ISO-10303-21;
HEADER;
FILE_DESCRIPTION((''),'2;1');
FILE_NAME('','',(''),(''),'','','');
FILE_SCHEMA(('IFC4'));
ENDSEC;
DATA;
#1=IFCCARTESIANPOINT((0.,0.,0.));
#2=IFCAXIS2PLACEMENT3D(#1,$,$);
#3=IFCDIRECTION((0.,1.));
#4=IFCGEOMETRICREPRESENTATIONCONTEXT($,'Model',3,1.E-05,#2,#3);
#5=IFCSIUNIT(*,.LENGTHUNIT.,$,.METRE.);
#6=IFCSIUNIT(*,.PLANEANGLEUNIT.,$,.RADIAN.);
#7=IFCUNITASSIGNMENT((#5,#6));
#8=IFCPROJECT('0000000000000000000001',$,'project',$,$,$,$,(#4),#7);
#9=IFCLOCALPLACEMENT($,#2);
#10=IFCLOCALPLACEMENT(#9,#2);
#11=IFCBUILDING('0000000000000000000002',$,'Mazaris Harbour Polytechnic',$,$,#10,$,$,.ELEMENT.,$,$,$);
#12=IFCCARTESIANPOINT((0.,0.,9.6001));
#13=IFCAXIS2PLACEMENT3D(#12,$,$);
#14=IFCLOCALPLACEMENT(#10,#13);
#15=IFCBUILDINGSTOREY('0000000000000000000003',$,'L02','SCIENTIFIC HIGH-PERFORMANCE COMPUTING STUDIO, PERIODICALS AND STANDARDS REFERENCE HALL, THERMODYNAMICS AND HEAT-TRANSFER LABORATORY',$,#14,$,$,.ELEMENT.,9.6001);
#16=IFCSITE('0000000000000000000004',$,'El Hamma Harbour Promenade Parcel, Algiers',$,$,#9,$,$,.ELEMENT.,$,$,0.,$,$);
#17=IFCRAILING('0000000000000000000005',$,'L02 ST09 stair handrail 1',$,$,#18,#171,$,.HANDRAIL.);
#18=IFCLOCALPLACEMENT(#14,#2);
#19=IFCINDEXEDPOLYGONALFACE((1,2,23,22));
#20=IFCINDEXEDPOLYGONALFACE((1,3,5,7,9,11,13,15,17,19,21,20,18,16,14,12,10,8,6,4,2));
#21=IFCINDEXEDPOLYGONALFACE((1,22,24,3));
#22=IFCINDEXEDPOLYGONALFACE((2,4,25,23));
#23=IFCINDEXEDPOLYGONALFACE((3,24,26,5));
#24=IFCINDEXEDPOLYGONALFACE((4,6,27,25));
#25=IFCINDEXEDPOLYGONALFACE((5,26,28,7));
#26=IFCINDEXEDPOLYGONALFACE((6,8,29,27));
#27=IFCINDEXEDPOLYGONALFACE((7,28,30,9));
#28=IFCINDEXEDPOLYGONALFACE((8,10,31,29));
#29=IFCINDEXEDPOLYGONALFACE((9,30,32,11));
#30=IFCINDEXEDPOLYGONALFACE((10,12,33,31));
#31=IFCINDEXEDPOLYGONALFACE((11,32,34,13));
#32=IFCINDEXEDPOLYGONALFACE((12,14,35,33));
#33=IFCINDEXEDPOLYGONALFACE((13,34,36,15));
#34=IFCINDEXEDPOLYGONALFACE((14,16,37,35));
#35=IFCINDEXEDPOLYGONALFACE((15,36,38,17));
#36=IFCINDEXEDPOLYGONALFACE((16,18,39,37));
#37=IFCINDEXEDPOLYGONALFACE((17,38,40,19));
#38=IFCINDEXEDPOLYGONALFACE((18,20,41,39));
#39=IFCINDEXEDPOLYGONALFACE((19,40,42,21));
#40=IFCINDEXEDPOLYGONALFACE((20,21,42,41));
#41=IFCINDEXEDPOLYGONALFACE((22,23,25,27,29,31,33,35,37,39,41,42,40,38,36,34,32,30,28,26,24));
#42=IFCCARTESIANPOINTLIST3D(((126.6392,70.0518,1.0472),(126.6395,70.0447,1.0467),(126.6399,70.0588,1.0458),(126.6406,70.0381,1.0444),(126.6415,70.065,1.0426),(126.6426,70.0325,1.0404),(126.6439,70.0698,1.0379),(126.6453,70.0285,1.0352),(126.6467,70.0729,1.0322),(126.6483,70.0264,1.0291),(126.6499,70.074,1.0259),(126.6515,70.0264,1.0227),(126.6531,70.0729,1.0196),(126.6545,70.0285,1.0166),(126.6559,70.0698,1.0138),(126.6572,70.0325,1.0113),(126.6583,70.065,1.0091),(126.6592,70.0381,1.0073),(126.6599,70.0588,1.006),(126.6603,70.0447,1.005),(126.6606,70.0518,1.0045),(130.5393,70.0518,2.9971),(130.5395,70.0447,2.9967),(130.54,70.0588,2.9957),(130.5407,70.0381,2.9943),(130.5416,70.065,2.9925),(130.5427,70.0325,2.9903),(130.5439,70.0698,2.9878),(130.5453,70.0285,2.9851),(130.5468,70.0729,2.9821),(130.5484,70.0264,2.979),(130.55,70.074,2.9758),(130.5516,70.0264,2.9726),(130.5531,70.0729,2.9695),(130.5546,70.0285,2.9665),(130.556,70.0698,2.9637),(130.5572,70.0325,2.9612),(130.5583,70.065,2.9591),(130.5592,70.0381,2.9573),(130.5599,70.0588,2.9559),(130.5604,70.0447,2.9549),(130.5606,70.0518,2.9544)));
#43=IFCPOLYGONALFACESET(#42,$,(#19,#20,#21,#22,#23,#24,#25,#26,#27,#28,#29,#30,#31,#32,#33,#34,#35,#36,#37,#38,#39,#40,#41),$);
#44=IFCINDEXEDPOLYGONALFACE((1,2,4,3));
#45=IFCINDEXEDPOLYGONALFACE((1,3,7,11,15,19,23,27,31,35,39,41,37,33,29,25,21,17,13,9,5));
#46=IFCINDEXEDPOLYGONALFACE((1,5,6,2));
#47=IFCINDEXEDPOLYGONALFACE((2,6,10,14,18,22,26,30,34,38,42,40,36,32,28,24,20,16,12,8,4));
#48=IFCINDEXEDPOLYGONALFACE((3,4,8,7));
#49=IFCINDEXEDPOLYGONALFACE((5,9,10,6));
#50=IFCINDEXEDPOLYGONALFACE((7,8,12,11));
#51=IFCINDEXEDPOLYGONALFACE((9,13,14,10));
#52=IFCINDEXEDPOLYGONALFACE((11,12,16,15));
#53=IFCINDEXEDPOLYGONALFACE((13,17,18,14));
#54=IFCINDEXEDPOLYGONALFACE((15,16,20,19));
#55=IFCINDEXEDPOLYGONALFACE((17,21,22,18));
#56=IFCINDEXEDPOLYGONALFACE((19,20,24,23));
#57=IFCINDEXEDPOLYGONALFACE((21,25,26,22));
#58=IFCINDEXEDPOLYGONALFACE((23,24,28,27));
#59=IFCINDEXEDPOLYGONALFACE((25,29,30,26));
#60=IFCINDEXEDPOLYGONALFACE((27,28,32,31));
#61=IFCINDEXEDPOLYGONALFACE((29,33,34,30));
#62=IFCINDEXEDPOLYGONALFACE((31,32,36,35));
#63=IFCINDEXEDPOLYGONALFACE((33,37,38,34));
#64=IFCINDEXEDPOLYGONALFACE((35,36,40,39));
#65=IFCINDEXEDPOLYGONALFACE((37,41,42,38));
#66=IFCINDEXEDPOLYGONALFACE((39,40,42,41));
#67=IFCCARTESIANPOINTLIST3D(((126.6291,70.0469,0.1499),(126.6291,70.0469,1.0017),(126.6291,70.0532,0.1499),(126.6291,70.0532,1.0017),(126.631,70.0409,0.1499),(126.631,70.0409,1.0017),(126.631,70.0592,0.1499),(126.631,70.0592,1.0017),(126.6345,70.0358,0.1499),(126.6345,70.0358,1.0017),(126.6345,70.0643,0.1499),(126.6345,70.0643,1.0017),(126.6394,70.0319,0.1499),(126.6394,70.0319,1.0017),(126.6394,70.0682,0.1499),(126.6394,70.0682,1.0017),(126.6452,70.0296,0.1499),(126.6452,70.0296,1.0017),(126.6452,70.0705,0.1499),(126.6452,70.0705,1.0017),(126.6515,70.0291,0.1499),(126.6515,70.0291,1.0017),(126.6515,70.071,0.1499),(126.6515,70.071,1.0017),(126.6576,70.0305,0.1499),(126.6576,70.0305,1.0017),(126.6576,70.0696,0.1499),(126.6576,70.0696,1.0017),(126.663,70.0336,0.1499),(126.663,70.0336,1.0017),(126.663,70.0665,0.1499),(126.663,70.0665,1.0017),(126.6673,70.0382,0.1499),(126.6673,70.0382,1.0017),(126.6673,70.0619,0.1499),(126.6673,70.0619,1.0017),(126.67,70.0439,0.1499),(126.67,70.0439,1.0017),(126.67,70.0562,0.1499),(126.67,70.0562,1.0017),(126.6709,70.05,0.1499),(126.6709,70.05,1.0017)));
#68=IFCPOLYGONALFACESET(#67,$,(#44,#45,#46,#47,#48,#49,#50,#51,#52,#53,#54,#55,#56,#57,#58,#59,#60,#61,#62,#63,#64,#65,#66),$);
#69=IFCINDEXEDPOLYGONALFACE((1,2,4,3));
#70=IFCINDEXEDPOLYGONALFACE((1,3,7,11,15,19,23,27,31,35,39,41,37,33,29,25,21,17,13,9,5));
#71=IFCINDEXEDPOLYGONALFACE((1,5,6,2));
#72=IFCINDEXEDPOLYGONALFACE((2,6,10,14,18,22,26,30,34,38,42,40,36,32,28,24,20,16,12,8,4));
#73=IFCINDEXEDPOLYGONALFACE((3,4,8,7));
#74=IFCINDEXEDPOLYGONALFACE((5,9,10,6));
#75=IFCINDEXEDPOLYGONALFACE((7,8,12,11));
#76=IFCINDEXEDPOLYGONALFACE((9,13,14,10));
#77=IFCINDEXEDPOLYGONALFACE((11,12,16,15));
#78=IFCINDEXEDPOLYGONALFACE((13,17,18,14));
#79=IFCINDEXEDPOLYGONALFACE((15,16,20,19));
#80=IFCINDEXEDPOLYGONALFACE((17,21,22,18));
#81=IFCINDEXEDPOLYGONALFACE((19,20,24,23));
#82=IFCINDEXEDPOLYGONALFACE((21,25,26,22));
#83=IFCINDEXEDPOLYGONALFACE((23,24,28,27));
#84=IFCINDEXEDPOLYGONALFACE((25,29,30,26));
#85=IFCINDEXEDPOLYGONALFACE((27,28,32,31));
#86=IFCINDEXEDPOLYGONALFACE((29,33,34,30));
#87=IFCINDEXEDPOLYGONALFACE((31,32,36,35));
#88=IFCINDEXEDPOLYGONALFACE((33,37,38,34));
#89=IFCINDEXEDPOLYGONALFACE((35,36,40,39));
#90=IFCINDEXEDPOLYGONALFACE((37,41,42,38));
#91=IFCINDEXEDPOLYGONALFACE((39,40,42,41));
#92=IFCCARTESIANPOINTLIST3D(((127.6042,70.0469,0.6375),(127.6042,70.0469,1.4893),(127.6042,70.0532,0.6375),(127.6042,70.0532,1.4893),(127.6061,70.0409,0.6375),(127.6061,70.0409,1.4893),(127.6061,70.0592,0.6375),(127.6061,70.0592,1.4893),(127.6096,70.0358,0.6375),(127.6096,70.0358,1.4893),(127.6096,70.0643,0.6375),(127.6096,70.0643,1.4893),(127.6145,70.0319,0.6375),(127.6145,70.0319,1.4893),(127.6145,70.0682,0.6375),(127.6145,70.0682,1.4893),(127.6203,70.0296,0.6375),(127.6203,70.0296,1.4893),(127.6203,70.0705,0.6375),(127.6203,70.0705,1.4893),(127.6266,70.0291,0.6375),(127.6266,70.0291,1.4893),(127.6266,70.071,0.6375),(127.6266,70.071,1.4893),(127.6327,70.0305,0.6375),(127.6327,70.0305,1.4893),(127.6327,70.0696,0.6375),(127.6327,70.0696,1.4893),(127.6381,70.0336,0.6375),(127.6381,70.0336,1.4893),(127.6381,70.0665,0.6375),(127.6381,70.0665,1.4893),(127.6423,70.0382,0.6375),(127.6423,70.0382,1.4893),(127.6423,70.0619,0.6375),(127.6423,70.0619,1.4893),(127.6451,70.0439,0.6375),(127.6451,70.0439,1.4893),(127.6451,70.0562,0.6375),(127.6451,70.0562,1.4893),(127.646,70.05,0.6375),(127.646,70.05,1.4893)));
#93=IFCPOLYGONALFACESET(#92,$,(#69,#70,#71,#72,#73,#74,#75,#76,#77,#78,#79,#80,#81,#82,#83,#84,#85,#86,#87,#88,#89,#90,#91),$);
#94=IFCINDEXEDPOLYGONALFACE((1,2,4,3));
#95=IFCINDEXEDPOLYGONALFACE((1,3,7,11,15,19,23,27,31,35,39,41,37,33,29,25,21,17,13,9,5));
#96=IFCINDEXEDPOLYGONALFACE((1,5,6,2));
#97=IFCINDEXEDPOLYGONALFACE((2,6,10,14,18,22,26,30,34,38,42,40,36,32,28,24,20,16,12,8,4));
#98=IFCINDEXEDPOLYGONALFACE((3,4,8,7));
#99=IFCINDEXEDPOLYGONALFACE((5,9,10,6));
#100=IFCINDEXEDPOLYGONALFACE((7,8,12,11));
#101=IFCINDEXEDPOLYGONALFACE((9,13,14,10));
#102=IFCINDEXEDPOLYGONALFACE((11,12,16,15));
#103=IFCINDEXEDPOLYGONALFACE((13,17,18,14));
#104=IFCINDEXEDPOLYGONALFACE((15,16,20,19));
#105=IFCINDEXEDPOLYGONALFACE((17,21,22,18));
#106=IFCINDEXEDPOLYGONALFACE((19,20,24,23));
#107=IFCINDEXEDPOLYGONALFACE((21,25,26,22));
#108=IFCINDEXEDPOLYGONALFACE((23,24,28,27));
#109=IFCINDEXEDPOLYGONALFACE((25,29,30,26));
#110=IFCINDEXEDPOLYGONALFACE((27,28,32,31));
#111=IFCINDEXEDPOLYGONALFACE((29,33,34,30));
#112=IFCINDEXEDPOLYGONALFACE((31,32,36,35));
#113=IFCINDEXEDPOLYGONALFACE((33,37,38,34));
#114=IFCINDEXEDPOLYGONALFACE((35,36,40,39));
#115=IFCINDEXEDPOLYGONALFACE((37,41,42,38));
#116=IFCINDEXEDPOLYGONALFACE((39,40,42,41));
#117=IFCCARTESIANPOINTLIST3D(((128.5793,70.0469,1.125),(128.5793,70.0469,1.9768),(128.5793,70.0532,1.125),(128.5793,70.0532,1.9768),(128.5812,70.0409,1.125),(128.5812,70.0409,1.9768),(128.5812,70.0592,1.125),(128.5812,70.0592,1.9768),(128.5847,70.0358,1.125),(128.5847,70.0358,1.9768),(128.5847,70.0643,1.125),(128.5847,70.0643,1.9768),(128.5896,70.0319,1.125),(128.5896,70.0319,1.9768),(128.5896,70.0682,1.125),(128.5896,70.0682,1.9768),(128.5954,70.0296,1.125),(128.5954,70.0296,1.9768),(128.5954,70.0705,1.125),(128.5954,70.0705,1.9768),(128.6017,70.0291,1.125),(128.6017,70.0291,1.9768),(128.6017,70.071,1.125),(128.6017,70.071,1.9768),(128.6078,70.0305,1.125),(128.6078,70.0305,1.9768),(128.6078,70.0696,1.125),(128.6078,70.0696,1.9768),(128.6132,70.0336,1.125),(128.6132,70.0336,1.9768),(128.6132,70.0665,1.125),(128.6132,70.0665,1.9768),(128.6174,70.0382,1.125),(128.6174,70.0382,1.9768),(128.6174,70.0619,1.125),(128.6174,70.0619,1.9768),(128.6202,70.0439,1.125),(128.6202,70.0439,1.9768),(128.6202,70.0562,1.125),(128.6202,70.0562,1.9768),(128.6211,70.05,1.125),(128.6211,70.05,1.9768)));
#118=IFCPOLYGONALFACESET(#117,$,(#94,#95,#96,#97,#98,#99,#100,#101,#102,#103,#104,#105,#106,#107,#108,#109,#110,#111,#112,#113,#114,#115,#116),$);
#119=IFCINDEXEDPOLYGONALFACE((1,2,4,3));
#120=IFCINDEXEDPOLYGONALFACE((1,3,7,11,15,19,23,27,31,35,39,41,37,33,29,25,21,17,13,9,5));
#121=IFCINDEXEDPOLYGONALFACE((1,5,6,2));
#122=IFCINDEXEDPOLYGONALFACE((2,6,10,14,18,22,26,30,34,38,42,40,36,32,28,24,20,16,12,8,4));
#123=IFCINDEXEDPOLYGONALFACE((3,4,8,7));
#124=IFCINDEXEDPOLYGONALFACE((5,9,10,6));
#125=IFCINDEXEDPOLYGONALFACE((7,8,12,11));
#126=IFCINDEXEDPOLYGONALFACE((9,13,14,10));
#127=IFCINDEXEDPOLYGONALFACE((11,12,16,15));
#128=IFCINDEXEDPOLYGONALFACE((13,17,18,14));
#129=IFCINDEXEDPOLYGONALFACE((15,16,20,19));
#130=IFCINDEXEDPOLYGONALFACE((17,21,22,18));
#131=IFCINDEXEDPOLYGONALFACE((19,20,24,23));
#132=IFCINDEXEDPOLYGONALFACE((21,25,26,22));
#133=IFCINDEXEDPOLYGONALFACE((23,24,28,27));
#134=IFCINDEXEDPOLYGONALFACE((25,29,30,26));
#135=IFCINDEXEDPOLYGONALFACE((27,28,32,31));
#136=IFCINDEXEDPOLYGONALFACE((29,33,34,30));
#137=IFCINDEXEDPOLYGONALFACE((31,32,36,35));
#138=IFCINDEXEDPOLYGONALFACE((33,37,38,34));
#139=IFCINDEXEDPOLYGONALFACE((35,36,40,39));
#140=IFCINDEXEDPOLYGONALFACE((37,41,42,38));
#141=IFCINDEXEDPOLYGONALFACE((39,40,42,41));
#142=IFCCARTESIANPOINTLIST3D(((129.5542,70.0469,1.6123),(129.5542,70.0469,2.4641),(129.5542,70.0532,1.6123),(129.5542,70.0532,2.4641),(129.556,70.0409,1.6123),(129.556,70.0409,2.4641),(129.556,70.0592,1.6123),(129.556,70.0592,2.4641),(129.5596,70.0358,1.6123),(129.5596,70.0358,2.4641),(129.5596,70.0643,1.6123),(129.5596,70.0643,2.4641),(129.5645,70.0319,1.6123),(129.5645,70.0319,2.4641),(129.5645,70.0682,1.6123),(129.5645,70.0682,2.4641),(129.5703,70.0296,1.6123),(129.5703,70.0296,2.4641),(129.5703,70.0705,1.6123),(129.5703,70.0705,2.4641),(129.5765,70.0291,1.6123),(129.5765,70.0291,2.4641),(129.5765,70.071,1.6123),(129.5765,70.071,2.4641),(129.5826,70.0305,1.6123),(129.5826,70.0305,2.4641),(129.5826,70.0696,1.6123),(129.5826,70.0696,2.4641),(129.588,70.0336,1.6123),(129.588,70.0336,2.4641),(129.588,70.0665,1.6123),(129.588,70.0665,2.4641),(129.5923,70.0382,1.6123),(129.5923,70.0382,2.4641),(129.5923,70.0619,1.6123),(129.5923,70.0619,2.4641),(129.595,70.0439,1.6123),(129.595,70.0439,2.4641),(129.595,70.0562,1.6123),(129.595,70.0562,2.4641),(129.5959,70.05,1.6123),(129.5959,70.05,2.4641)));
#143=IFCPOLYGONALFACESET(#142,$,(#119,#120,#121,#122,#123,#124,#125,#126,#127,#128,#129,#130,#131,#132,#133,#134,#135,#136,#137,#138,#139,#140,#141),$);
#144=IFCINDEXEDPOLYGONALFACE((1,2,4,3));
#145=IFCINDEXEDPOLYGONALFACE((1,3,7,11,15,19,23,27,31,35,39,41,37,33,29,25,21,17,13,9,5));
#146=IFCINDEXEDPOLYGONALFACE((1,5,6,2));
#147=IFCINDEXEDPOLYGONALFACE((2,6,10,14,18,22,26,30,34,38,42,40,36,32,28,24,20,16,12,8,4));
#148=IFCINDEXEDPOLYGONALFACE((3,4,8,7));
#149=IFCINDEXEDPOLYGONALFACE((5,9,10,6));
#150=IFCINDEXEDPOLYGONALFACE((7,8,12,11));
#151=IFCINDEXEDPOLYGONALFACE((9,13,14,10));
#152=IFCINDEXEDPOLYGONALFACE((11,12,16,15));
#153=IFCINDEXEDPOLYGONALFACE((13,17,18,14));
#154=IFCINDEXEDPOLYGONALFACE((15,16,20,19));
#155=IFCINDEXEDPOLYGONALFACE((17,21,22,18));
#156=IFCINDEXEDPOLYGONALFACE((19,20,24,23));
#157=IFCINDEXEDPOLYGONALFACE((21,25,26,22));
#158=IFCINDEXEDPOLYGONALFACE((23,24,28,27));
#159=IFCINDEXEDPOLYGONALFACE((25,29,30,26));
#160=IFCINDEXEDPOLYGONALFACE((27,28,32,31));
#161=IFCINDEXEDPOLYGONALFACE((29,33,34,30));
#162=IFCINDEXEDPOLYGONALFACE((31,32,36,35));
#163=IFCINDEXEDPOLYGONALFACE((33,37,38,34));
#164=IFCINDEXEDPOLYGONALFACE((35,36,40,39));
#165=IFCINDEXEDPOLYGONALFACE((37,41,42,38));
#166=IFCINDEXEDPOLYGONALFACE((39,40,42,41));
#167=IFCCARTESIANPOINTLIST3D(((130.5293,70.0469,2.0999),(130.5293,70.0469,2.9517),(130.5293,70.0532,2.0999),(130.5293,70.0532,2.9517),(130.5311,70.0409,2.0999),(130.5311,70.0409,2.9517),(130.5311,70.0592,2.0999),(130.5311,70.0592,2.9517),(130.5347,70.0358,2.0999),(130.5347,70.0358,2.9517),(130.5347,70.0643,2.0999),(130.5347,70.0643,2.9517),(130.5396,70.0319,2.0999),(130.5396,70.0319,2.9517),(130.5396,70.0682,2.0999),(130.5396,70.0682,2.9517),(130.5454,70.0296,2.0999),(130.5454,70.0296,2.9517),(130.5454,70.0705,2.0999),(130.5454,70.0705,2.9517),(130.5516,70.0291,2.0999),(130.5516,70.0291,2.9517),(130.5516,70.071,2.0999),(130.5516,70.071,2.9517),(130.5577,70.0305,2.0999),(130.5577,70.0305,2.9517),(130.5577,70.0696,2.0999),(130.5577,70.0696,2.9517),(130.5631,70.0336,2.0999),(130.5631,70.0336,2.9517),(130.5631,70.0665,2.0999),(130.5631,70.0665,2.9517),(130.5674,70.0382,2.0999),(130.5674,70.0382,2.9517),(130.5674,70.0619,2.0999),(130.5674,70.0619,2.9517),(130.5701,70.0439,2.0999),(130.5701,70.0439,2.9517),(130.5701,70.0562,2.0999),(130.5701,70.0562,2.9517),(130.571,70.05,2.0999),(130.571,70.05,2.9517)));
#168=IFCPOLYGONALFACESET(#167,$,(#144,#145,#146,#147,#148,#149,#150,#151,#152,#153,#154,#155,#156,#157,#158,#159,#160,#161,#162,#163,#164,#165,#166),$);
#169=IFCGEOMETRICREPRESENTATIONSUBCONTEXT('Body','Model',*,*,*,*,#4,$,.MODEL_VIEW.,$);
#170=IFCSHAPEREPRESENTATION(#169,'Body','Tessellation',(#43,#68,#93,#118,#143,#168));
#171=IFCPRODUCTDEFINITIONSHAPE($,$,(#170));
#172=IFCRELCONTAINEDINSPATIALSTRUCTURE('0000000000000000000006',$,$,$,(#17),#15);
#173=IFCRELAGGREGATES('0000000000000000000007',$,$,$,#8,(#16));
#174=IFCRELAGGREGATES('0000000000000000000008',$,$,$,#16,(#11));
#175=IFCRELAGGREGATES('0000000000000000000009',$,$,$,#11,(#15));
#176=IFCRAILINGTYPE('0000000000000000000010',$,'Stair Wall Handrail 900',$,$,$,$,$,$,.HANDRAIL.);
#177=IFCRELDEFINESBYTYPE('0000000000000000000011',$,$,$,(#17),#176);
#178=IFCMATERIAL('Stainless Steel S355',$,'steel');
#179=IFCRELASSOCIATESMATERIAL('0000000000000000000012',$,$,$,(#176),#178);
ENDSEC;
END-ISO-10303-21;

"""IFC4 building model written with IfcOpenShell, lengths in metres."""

from ifc_helpers import new_model, si_unit, direction, frame, origin, origin_2d, place, context, subcontext, project, spatial, circle, extrude, material, type_object, element, save


model = new_model("IFC4")

# Units and contexts
model_context = context("Model", 3, precision=1e-05, world=origin(), true_north=direction((0.0, 1.0)))
body_context = subcontext(model_context, "Body", "Model", "MODEL_VIEW")
ifc_project = project(units=[si_unit("LENGTHUNIT", "METRE"), si_unit("PLANEANGLEUNIT", "RADIAN")], contexts=[model_context])

# Site, building, storey
site_placement = place(None, origin())
site = spatial("IfcSite", under=ifc_project, at=site_placement, Name="El Hamma Harbour Promenade Parcel, Algiers", CompositionType="ELEMENT", RefElevation=0.0)
building_placement = place(site_placement, origin())
building = spatial("IfcBuilding", under=site, at=building_placement, Name="Mazaris Harbour Polytechnic", CompositionType="ELEMENT")
storey_placement = place(building_placement, frame((0.0, 0.0, 9.6001)))
storey = spatial("IfcBuildingStorey", under=building, at=storey_placement, Name="L02", Description="SCIENTIFIC HIGH-PERFORMANCE COMPUTING STUDIO, PERIODICALS AND STANDARDS REFERENCE HALL, THERMODYNAMICS AND HEAT-TRANSFER LABORATORY", CompositionType="ELEMENT", Elevation=9.6001)

# Railing
ifc_material_1 = material(Name="Stainless Steel S355", Category="steel")
railing_type_1 = type_object("IfcRailingType", Name="Stair Wall Handrail 900", PredefinedType="HANDRAIL", material=ifc_material_1)
railing_1_placement = place(storey_placement, frame((126.6499, 70.05, 0.1499)))
element("IfcRailing", 1, at=railing_1_placement, inside=storey, type_object=railing_type_1, Name="L02 ST09 stair handrail 1", PredefinedType="HANDRAIL", context=body_context, shape_type="SweptSolid", body=[
    extrude(circle(Radius=0.0239, at=origin_2d()), frame((0.0, 0.0, 0.876), z_axis=(0.894438, 0.0, 0.447191), x_axis=(0.0, 1.0, 0.0)), (0.0, 0.0, 1.0), 4.3604),
    extrude(circle(Radius=0.021, at=origin_2d()), origin(), (0.0, 0.0, 1.0), 0.8518),
    extrude(circle(Radius=0.021, at=origin_2d()), frame((0.9751, 0.0, 0.4875)), (0.0, 0.0, 1.0), 0.8518),
    extrude(circle(Radius=0.021, at=origin_2d()), frame((1.9502, 0.0, 0.9751)), (0.0, 0.0, 1.0), 0.8518),
    extrude(circle(Radius=0.021, at=origin_2d()), frame((2.925, 0.0, 1.4624)), (0.0, 0.0, 1.0), 0.8518),
    extrude(circle(Radius=0.021, at=origin_2d()), frame((3.9001, 0.0, 1.95)), (0.0, 0.0, 1.0), 0.8518),
])

save(model, "model.ifc")
